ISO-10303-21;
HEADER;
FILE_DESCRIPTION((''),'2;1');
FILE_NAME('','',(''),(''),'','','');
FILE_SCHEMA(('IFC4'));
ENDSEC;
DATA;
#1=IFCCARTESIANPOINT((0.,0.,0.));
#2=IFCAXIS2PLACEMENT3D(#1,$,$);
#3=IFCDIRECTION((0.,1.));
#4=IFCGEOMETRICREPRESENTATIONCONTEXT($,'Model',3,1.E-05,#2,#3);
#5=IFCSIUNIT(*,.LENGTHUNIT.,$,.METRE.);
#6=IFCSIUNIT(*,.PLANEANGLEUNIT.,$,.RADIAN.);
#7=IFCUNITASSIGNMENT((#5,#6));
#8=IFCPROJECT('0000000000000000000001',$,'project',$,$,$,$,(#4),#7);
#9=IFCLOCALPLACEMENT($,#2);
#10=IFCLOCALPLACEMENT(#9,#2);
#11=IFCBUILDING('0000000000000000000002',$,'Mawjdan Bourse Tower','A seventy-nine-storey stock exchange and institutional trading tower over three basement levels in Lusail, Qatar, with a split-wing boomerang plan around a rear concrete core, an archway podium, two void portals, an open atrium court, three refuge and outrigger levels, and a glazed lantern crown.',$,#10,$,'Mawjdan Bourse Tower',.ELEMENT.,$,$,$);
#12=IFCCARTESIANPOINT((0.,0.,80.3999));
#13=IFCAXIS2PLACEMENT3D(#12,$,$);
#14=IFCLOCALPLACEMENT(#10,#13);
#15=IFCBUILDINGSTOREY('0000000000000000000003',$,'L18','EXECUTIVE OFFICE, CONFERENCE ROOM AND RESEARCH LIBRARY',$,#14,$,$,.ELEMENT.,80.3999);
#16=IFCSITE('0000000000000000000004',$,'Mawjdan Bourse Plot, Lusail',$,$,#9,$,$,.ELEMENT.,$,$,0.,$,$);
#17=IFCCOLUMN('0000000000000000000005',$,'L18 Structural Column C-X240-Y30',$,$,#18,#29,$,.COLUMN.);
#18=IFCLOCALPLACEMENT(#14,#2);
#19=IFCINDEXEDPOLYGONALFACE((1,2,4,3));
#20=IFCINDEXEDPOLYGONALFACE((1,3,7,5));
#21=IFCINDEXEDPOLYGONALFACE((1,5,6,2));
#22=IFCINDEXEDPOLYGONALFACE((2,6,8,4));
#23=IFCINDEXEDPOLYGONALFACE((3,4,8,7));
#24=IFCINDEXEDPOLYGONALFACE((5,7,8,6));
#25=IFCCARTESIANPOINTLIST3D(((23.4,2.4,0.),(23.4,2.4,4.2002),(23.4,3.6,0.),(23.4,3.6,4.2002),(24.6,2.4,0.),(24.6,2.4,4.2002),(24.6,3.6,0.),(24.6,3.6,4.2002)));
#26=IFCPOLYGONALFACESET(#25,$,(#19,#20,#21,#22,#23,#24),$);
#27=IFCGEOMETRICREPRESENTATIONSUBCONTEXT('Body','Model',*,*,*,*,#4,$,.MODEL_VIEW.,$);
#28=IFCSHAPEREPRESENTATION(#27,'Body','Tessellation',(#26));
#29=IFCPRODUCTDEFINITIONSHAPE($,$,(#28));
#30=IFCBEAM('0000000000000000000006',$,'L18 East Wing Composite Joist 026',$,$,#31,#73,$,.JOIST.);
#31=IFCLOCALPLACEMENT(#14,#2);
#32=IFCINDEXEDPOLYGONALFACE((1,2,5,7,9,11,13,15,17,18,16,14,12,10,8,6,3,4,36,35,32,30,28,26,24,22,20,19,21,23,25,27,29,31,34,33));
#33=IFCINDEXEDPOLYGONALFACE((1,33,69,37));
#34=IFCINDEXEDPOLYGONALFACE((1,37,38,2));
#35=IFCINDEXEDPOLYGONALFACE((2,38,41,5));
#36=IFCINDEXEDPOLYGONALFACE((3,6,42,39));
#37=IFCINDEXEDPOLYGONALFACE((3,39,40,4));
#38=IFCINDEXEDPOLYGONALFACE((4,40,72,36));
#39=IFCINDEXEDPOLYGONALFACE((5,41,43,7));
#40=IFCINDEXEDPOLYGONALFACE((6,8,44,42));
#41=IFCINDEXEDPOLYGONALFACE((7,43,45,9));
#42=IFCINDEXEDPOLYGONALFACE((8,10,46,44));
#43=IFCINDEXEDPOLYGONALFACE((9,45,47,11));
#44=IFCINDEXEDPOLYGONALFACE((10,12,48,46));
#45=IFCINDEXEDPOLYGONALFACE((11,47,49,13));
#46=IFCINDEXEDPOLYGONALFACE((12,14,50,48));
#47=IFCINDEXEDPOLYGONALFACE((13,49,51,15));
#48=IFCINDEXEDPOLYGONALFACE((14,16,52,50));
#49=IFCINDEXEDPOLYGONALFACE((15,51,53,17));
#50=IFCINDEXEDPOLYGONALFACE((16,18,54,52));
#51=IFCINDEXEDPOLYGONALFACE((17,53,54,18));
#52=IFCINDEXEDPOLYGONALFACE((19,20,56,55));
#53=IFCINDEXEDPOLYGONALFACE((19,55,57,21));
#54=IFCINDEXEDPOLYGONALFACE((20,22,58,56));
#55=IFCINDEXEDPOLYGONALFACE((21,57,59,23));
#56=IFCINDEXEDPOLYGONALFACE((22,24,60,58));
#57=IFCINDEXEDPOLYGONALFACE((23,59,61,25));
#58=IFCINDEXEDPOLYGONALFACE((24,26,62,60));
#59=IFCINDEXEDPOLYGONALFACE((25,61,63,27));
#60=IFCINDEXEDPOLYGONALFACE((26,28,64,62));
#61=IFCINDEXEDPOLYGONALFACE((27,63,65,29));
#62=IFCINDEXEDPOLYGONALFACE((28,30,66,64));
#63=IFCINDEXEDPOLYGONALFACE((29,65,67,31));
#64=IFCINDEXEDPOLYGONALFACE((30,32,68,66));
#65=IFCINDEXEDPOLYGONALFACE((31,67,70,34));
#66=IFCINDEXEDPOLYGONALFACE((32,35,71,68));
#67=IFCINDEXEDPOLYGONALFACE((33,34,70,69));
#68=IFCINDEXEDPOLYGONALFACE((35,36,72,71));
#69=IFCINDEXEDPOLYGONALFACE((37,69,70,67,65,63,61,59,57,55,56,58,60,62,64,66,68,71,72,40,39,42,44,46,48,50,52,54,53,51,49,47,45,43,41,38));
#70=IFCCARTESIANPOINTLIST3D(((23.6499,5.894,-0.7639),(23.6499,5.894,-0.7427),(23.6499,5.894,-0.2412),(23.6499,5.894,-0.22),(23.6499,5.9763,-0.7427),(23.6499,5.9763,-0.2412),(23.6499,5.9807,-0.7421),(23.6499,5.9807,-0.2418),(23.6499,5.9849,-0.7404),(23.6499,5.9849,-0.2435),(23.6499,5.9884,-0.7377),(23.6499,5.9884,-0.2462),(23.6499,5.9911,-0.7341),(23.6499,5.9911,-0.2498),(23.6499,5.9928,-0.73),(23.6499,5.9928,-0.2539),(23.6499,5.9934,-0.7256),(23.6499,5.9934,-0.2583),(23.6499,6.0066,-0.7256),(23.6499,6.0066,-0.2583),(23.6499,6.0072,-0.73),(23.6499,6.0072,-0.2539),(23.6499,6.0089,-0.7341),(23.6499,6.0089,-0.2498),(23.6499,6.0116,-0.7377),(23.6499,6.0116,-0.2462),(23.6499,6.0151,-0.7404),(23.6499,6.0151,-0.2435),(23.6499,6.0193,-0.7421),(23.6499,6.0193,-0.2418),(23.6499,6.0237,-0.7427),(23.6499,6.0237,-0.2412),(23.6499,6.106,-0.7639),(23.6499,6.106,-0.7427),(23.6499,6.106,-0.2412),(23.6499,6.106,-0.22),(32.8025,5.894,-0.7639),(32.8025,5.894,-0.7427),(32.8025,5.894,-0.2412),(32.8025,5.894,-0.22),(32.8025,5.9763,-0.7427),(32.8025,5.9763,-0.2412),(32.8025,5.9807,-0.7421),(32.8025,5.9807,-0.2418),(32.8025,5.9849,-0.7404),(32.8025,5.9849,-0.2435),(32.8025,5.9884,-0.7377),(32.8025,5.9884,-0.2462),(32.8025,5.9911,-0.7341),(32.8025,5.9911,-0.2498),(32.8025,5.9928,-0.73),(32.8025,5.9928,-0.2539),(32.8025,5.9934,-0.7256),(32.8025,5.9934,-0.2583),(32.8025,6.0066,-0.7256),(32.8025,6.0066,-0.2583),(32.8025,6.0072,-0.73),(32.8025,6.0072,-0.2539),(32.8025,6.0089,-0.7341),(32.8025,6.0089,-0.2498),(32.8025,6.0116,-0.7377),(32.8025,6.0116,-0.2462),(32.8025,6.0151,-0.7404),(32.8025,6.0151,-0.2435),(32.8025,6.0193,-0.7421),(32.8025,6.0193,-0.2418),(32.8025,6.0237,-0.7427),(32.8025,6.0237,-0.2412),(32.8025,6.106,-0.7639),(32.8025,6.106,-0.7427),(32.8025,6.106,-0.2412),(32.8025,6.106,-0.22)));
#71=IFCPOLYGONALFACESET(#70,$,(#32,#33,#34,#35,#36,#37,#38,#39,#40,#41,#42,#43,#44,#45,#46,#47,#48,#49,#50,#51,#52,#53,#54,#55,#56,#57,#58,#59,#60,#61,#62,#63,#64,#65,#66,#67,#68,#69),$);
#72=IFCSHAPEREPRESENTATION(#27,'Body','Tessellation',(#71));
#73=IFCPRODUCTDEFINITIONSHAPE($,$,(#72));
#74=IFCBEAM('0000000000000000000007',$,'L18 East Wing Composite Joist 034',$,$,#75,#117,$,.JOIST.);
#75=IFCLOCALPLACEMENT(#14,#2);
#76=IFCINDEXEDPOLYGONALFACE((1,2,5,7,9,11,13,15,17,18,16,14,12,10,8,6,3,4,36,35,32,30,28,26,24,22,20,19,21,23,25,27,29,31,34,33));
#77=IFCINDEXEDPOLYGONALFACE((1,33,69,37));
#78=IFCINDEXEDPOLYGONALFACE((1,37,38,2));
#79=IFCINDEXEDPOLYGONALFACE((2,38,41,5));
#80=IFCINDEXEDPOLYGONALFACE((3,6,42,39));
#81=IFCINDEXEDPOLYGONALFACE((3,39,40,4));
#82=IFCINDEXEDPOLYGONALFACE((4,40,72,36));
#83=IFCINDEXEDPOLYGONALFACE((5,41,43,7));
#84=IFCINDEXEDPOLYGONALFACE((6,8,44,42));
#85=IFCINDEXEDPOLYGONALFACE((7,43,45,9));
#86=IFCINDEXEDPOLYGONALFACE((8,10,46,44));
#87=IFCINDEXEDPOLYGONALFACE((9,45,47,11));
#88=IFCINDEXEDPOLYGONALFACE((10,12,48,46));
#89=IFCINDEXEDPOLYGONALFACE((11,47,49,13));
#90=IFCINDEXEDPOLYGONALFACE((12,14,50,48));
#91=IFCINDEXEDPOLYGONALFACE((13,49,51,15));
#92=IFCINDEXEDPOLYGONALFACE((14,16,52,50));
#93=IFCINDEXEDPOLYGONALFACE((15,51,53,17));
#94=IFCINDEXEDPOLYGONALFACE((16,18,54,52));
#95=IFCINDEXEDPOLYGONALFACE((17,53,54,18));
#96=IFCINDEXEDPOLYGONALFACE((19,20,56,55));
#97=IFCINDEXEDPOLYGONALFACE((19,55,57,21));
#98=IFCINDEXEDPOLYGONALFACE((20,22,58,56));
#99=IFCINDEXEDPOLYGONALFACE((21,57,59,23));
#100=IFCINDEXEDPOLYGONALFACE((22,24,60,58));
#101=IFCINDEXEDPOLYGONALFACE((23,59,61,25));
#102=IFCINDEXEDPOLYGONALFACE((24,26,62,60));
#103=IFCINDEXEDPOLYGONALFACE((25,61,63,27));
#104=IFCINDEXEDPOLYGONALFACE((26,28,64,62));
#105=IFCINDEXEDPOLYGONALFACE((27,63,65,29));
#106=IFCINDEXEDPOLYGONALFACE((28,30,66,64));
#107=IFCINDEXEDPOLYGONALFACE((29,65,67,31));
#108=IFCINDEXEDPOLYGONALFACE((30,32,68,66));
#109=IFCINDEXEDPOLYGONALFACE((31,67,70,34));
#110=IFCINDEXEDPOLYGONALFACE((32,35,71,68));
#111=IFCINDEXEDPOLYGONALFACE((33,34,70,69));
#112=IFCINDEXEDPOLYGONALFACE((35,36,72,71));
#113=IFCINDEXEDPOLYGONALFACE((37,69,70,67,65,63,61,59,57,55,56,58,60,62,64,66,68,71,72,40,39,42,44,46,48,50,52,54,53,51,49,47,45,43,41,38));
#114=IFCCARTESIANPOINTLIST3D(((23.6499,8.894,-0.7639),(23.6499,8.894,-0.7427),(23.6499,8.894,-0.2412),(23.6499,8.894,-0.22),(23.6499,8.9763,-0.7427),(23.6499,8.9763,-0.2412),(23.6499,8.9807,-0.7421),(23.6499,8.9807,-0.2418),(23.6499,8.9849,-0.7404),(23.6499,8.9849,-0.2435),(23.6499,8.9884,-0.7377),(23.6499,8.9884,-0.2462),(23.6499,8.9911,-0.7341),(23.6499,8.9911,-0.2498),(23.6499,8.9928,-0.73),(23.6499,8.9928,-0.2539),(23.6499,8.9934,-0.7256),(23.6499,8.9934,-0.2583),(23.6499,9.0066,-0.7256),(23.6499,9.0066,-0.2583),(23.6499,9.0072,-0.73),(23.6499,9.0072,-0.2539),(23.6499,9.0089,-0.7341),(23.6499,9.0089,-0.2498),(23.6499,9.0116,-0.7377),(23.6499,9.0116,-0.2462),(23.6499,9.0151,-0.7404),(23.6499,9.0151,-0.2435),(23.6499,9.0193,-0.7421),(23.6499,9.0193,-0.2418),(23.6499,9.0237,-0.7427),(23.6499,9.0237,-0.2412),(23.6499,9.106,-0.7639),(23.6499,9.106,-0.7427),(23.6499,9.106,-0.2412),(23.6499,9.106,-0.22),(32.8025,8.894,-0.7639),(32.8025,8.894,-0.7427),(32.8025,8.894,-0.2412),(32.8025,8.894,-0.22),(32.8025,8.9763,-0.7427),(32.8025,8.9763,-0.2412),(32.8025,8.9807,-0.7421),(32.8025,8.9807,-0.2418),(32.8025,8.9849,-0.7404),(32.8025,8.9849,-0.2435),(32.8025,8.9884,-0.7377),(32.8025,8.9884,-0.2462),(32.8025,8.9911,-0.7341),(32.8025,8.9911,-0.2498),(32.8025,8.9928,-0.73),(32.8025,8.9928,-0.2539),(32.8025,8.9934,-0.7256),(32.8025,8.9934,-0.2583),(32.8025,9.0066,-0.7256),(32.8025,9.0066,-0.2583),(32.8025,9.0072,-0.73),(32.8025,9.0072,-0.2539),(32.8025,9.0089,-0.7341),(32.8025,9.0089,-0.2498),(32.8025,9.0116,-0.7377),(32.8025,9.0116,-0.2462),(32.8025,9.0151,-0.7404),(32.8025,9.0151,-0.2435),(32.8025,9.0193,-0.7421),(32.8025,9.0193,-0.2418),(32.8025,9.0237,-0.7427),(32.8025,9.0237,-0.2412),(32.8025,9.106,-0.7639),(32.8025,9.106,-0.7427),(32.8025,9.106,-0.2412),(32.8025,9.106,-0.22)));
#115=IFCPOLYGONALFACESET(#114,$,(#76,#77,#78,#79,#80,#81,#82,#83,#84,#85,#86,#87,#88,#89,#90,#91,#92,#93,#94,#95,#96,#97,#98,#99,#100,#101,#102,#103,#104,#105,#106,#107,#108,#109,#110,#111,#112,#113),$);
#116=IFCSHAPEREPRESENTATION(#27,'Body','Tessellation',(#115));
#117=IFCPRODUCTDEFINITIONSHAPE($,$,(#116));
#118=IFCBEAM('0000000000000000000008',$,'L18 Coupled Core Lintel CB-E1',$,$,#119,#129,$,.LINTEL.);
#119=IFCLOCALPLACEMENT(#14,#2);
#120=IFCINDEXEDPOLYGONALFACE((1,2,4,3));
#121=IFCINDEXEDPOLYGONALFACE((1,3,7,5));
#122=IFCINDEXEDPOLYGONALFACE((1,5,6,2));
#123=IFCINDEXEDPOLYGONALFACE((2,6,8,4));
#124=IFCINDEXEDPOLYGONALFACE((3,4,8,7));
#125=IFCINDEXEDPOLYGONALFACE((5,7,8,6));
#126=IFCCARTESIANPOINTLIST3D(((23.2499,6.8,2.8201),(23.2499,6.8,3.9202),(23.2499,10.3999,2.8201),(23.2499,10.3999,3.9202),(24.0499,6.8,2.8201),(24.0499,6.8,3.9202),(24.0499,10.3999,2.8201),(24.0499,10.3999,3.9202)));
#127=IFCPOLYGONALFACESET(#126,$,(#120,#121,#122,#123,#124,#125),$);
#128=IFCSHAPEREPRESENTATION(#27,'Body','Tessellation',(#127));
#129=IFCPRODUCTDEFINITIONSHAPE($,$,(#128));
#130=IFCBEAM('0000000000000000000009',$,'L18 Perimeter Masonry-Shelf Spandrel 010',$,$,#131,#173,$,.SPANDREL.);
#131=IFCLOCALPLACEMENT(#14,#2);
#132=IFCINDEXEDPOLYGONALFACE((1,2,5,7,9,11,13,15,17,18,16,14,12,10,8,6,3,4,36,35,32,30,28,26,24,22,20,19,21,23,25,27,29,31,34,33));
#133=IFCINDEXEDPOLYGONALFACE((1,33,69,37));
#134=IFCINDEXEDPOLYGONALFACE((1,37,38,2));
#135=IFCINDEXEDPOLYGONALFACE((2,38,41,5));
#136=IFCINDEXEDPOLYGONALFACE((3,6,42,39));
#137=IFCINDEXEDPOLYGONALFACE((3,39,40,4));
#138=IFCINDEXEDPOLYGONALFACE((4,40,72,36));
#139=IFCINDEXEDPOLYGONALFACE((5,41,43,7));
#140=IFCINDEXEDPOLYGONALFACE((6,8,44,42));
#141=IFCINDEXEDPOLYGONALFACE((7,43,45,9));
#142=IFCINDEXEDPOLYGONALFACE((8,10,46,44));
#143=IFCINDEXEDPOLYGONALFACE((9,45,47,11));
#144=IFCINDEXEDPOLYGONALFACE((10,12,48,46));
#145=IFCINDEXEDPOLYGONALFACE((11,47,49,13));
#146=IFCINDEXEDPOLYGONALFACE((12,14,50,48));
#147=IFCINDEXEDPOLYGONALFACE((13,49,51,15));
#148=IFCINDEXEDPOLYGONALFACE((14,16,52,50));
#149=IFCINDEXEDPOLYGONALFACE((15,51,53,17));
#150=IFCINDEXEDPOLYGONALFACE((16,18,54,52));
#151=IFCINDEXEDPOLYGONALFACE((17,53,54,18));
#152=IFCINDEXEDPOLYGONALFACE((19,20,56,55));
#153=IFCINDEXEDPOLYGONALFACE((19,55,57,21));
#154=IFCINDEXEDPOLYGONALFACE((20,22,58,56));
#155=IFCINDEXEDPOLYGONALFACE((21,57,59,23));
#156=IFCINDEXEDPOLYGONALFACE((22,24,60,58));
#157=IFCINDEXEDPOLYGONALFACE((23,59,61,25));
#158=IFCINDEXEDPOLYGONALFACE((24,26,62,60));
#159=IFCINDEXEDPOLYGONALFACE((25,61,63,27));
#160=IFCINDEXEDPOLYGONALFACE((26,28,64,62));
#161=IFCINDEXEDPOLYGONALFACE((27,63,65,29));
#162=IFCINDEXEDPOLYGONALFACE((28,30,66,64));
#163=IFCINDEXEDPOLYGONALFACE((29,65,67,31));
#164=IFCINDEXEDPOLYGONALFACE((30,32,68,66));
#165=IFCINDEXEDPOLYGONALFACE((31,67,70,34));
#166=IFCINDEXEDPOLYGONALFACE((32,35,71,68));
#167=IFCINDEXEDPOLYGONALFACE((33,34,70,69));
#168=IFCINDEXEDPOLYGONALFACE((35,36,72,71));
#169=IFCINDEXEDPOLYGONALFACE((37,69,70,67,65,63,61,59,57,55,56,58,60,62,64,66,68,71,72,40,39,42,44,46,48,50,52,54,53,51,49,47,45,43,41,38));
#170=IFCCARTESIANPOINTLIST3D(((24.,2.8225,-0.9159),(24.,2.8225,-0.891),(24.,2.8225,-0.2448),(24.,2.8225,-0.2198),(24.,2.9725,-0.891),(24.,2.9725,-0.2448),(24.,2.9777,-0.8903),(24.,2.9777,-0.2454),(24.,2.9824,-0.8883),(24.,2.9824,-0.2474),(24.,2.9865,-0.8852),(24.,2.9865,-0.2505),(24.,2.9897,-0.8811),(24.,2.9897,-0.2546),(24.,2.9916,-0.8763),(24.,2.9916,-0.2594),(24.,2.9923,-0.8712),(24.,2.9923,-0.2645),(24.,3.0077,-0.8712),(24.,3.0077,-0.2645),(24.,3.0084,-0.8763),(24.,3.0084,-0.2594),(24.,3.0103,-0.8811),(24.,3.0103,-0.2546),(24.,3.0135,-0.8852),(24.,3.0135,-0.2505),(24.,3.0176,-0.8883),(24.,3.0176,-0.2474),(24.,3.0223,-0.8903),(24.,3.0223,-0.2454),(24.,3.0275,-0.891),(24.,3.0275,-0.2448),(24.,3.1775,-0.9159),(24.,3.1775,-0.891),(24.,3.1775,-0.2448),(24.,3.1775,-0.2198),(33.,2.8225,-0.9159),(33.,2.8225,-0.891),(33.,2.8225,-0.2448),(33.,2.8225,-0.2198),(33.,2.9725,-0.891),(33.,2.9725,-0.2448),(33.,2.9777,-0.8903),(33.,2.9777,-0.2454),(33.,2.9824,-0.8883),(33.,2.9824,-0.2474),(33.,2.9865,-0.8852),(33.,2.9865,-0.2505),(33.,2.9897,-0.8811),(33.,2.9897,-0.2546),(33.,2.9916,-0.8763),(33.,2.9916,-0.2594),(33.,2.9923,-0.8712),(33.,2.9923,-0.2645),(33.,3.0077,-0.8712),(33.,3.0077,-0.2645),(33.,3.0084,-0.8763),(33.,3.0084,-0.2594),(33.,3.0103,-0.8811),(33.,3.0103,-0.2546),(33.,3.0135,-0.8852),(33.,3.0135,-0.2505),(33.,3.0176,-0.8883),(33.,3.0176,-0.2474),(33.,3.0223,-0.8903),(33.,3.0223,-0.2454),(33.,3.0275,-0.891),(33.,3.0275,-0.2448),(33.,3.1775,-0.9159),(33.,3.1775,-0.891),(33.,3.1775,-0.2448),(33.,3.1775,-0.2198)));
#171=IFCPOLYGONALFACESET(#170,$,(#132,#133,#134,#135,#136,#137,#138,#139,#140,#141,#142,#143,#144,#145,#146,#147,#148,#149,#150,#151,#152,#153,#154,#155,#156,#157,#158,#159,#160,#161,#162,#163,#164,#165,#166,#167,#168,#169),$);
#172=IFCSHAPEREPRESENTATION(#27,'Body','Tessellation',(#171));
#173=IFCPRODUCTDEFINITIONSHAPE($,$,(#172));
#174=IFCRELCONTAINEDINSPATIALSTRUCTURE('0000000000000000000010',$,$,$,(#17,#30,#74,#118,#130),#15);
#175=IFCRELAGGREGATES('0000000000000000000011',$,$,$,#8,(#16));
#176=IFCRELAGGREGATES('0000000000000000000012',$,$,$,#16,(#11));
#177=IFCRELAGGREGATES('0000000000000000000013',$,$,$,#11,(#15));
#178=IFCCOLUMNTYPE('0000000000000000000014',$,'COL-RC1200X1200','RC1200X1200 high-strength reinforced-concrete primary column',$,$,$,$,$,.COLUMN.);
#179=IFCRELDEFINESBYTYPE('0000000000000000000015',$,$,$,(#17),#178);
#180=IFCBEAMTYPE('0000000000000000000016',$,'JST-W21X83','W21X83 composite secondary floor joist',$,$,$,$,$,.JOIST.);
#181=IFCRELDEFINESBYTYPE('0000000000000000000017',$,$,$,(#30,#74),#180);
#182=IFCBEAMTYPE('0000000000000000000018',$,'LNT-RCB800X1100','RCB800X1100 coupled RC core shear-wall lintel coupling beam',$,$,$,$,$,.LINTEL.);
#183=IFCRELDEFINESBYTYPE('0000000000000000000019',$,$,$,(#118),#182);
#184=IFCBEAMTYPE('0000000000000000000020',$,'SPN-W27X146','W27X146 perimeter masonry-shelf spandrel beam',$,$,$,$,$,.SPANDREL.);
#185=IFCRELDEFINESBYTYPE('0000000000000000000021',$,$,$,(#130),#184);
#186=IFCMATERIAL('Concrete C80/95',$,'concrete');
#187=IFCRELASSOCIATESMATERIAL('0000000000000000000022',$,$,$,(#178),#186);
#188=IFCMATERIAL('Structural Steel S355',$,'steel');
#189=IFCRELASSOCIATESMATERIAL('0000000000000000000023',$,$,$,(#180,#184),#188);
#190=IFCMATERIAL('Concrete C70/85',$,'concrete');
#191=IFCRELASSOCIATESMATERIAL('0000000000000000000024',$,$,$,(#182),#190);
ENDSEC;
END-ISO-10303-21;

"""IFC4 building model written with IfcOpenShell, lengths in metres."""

from ifc_helpers import new_model, si_unit, direction, frame, origin, origin_2d, place, context, subcontext, project, spatial, rectangle, i_section, extrude, material, material_profile, profile_set, type_object, element, save


model = new_model("IFC4")

# Units and contexts
model_context = context("Model", 3, precision=1e-05, world=origin(), true_north=direction((0.0, 1.0)))
body_context = subcontext(model_context, "Body", "Model", "MODEL_VIEW")
ifc_project = project(units=[si_unit("LENGTHUNIT", "METRE"), si_unit("PLANEANGLEUNIT", "RADIAN")], contexts=[model_context])

# Site, building, storey
site_placement = place(None, origin())
site = spatial("IfcSite", under=ifc_project, at=site_placement, Name="Mawjdan Bourse Plot, Lusail", CompositionType="ELEMENT", RefElevation=0.0)
building_placement = place(site_placement, origin())
building = spatial("IfcBuilding", under=site, at=building_placement, Name="Mawjdan Bourse Tower", Description="A seventy-nine-storey stock exchange and institutional trading tower over three basement levels in Lusail, Qatar, with a split-wing boomerang plan around a rear concrete core, an archway podium, two void portals, an open atrium court, three refuge and outrigger levels, and a glazed lantern crown.", LongName="Mawjdan Bourse Tower", CompositionType="ELEMENT")
storey_placement = place(building_placement, frame((0.0, 0.0, 80.3999)))
storey = spatial("IfcBuildingStorey", under=building, at=storey_placement, Name="L18", Description="EXECUTIVE OFFICE, CONFERENCE ROOM AND RESEARCH LIBRARY", CompositionType="ELEMENT", Elevation=80.3999)

# Column
ifc_material_1 = material(Name="Concrete C80/95", Category="concrete")
ifc_material_profile_1 = material_profile(ifc_material_1, rectangle(XDim=1.2, YDim=1.2, at=origin_2d()), Name="RC1200X1200")
ifc_profile_set_1 = profile_set([ifc_material_profile_1], Name="Concrete C80/95")
column_type = type_object("IfcColumnType", Name="COL-RC1200X1200", Description="RC1200X1200 high-strength reinforced-concrete primary column", PredefinedType="COLUMN", material=ifc_profile_set_1)
column_placement = place(storey_placement, frame((24.0, 3.0, 0.0), z_axis=(0.0, 0.0, 1.0), x_axis=(1.0, 0.0, 0.0)))
element("IfcColumn", 1, at=column_placement, inside=storey, type_object=column_type, Name="L18 Structural Column C-X240-Y30", PredefinedType="COLUMN", context=body_context, shape_type="SweptSolid", body=[
    extrude(rectangle(XDim=1.2, YDim=1.2, at=origin_2d()), origin(), (0.0, 0.0, 1.0), 4.2002),
])

# Beams
ifc_material_2 = material(Name="Structural Steel S355", Category="steel")
ifc_material_profile_2 = material_profile(ifc_material_2, i_section(OverallWidth=0.2119, OverallDepth=0.5439, WebThickness=0.0132, FlangeThickness=0.0212, FilletRadius=0.0171, at=origin_2d()), Name="W21X83")
ifc_profile_set_2 = profile_set([ifc_material_profile_2], Name="Structural Steel S355")
beam_type_1 = type_object("IfcBeamType", Name="JST-W21X83", Description="W21X83 composite secondary floor joist", PredefinedType="JOIST", material=ifc_profile_set_2)
for number, where, z_axis, x_axis, name in (
    (2, (23.6499, 6.0, -0.4919), (1.0, 0.0, 0.0), (0.0, 1.0, 0.0), "L18 East Wing Composite Joist 026"),
    (3, (23.6499, 9.0, -0.4919), (1.0, 0.0, 0.0), (0.0, 1.0, 0.0), "L18 East Wing Composite Joist 034"),
):
    element("IfcBeam", number, at=place(storey_placement, frame(where, z_axis=z_axis, x_axis=x_axis)), inside=storey, type_object=beam_type_1, Name=name, PredefinedType="JOIST", context=body_context, shape_type="SweptSolid", body=[
        extrude(i_section(OverallWidth=0.2119, OverallDepth=0.5439, WebThickness=0.0132, FlangeThickness=0.0212, FilletRadius=0.0171, at=origin_2d()), origin(), (0.0, 0.0, 1.0), 9.1526),
    ])
ifc_material_3 = material(Name="Concrete C70/85", Category="concrete")
ifc_material_profile_3 = material_profile(ifc_material_3, rectangle(XDim=0.8, YDim=1.1001, at=origin_2d()), Name="RCB800X1100")
ifc_profile_set_3 = profile_set([ifc_material_profile_3], Name="Concrete C70/85")
beam_type_2 = type_object("IfcBeamType", Name="LNT-RCB800X1100", Description="RCB800X1100 coupled RC core shear-wall lintel coupling beam", PredefinedType="LINTEL", material=ifc_profile_set_3)
beam_1_placement = place(storey_placement, frame((23.6499, 6.8, 3.3701), z_axis=(0.0, 1.0, 0.0), x_axis=(-1.0, 0.0, 0.0)))
element("IfcBeam", 4, at=beam_1_placement, inside=storey, type_object=beam_type_2, Name="L18 Coupled Core Lintel CB-E1", PredefinedType="LINTEL", context=body_context, shape_type="SweptSolid", body=[
    extrude(rectangle(XDim=0.8, YDim=1.1001, at=origin_2d()), origin(), (0.0, 0.0, 1.0), 3.5999),
])
ifc_material_profile_4 = material_profile(ifc_material_2, i_section(OverallWidth=0.355, OverallDepth=0.696, WebThickness=0.0154, FlangeThickness=0.0249, FilletRadius=0.0198, at=origin_2d()), Name="W27X146")
ifc_profile_set_4 = profile_set([ifc_material_profile_4], Name="Structural Steel S355")
beam_type_3 = type_object("IfcBeamType", Name="SPN-W27X146", Description="W27X146 perimeter masonry-shelf spandrel beam", PredefinedType="SPANDREL", material=ifc_profile_set_4)
beam_2_placement = place(storey_placement, frame((24.0, 3.0, -0.5679), z_axis=(1.0, 0.0, 0.0), x_axis=(0.0, 1.0, 0.0)))
element("IfcBeam", 5, at=beam_2_placement, inside=storey, type_object=beam_type_3, Name="L18 Perimeter Masonry-Shelf Spandrel 010", PredefinedType="SPANDREL", context=body_context, shape_type="SweptSolid", body=[
    extrude(i_section(OverallWidth=0.355, OverallDepth=0.696, WebThickness=0.0154, FlangeThickness=0.0249, FilletRadius=0.0198, at=origin_2d()), origin(), (0.0, 0.0, 1.0), 9.0),
])

save(model, "model.ifc")
